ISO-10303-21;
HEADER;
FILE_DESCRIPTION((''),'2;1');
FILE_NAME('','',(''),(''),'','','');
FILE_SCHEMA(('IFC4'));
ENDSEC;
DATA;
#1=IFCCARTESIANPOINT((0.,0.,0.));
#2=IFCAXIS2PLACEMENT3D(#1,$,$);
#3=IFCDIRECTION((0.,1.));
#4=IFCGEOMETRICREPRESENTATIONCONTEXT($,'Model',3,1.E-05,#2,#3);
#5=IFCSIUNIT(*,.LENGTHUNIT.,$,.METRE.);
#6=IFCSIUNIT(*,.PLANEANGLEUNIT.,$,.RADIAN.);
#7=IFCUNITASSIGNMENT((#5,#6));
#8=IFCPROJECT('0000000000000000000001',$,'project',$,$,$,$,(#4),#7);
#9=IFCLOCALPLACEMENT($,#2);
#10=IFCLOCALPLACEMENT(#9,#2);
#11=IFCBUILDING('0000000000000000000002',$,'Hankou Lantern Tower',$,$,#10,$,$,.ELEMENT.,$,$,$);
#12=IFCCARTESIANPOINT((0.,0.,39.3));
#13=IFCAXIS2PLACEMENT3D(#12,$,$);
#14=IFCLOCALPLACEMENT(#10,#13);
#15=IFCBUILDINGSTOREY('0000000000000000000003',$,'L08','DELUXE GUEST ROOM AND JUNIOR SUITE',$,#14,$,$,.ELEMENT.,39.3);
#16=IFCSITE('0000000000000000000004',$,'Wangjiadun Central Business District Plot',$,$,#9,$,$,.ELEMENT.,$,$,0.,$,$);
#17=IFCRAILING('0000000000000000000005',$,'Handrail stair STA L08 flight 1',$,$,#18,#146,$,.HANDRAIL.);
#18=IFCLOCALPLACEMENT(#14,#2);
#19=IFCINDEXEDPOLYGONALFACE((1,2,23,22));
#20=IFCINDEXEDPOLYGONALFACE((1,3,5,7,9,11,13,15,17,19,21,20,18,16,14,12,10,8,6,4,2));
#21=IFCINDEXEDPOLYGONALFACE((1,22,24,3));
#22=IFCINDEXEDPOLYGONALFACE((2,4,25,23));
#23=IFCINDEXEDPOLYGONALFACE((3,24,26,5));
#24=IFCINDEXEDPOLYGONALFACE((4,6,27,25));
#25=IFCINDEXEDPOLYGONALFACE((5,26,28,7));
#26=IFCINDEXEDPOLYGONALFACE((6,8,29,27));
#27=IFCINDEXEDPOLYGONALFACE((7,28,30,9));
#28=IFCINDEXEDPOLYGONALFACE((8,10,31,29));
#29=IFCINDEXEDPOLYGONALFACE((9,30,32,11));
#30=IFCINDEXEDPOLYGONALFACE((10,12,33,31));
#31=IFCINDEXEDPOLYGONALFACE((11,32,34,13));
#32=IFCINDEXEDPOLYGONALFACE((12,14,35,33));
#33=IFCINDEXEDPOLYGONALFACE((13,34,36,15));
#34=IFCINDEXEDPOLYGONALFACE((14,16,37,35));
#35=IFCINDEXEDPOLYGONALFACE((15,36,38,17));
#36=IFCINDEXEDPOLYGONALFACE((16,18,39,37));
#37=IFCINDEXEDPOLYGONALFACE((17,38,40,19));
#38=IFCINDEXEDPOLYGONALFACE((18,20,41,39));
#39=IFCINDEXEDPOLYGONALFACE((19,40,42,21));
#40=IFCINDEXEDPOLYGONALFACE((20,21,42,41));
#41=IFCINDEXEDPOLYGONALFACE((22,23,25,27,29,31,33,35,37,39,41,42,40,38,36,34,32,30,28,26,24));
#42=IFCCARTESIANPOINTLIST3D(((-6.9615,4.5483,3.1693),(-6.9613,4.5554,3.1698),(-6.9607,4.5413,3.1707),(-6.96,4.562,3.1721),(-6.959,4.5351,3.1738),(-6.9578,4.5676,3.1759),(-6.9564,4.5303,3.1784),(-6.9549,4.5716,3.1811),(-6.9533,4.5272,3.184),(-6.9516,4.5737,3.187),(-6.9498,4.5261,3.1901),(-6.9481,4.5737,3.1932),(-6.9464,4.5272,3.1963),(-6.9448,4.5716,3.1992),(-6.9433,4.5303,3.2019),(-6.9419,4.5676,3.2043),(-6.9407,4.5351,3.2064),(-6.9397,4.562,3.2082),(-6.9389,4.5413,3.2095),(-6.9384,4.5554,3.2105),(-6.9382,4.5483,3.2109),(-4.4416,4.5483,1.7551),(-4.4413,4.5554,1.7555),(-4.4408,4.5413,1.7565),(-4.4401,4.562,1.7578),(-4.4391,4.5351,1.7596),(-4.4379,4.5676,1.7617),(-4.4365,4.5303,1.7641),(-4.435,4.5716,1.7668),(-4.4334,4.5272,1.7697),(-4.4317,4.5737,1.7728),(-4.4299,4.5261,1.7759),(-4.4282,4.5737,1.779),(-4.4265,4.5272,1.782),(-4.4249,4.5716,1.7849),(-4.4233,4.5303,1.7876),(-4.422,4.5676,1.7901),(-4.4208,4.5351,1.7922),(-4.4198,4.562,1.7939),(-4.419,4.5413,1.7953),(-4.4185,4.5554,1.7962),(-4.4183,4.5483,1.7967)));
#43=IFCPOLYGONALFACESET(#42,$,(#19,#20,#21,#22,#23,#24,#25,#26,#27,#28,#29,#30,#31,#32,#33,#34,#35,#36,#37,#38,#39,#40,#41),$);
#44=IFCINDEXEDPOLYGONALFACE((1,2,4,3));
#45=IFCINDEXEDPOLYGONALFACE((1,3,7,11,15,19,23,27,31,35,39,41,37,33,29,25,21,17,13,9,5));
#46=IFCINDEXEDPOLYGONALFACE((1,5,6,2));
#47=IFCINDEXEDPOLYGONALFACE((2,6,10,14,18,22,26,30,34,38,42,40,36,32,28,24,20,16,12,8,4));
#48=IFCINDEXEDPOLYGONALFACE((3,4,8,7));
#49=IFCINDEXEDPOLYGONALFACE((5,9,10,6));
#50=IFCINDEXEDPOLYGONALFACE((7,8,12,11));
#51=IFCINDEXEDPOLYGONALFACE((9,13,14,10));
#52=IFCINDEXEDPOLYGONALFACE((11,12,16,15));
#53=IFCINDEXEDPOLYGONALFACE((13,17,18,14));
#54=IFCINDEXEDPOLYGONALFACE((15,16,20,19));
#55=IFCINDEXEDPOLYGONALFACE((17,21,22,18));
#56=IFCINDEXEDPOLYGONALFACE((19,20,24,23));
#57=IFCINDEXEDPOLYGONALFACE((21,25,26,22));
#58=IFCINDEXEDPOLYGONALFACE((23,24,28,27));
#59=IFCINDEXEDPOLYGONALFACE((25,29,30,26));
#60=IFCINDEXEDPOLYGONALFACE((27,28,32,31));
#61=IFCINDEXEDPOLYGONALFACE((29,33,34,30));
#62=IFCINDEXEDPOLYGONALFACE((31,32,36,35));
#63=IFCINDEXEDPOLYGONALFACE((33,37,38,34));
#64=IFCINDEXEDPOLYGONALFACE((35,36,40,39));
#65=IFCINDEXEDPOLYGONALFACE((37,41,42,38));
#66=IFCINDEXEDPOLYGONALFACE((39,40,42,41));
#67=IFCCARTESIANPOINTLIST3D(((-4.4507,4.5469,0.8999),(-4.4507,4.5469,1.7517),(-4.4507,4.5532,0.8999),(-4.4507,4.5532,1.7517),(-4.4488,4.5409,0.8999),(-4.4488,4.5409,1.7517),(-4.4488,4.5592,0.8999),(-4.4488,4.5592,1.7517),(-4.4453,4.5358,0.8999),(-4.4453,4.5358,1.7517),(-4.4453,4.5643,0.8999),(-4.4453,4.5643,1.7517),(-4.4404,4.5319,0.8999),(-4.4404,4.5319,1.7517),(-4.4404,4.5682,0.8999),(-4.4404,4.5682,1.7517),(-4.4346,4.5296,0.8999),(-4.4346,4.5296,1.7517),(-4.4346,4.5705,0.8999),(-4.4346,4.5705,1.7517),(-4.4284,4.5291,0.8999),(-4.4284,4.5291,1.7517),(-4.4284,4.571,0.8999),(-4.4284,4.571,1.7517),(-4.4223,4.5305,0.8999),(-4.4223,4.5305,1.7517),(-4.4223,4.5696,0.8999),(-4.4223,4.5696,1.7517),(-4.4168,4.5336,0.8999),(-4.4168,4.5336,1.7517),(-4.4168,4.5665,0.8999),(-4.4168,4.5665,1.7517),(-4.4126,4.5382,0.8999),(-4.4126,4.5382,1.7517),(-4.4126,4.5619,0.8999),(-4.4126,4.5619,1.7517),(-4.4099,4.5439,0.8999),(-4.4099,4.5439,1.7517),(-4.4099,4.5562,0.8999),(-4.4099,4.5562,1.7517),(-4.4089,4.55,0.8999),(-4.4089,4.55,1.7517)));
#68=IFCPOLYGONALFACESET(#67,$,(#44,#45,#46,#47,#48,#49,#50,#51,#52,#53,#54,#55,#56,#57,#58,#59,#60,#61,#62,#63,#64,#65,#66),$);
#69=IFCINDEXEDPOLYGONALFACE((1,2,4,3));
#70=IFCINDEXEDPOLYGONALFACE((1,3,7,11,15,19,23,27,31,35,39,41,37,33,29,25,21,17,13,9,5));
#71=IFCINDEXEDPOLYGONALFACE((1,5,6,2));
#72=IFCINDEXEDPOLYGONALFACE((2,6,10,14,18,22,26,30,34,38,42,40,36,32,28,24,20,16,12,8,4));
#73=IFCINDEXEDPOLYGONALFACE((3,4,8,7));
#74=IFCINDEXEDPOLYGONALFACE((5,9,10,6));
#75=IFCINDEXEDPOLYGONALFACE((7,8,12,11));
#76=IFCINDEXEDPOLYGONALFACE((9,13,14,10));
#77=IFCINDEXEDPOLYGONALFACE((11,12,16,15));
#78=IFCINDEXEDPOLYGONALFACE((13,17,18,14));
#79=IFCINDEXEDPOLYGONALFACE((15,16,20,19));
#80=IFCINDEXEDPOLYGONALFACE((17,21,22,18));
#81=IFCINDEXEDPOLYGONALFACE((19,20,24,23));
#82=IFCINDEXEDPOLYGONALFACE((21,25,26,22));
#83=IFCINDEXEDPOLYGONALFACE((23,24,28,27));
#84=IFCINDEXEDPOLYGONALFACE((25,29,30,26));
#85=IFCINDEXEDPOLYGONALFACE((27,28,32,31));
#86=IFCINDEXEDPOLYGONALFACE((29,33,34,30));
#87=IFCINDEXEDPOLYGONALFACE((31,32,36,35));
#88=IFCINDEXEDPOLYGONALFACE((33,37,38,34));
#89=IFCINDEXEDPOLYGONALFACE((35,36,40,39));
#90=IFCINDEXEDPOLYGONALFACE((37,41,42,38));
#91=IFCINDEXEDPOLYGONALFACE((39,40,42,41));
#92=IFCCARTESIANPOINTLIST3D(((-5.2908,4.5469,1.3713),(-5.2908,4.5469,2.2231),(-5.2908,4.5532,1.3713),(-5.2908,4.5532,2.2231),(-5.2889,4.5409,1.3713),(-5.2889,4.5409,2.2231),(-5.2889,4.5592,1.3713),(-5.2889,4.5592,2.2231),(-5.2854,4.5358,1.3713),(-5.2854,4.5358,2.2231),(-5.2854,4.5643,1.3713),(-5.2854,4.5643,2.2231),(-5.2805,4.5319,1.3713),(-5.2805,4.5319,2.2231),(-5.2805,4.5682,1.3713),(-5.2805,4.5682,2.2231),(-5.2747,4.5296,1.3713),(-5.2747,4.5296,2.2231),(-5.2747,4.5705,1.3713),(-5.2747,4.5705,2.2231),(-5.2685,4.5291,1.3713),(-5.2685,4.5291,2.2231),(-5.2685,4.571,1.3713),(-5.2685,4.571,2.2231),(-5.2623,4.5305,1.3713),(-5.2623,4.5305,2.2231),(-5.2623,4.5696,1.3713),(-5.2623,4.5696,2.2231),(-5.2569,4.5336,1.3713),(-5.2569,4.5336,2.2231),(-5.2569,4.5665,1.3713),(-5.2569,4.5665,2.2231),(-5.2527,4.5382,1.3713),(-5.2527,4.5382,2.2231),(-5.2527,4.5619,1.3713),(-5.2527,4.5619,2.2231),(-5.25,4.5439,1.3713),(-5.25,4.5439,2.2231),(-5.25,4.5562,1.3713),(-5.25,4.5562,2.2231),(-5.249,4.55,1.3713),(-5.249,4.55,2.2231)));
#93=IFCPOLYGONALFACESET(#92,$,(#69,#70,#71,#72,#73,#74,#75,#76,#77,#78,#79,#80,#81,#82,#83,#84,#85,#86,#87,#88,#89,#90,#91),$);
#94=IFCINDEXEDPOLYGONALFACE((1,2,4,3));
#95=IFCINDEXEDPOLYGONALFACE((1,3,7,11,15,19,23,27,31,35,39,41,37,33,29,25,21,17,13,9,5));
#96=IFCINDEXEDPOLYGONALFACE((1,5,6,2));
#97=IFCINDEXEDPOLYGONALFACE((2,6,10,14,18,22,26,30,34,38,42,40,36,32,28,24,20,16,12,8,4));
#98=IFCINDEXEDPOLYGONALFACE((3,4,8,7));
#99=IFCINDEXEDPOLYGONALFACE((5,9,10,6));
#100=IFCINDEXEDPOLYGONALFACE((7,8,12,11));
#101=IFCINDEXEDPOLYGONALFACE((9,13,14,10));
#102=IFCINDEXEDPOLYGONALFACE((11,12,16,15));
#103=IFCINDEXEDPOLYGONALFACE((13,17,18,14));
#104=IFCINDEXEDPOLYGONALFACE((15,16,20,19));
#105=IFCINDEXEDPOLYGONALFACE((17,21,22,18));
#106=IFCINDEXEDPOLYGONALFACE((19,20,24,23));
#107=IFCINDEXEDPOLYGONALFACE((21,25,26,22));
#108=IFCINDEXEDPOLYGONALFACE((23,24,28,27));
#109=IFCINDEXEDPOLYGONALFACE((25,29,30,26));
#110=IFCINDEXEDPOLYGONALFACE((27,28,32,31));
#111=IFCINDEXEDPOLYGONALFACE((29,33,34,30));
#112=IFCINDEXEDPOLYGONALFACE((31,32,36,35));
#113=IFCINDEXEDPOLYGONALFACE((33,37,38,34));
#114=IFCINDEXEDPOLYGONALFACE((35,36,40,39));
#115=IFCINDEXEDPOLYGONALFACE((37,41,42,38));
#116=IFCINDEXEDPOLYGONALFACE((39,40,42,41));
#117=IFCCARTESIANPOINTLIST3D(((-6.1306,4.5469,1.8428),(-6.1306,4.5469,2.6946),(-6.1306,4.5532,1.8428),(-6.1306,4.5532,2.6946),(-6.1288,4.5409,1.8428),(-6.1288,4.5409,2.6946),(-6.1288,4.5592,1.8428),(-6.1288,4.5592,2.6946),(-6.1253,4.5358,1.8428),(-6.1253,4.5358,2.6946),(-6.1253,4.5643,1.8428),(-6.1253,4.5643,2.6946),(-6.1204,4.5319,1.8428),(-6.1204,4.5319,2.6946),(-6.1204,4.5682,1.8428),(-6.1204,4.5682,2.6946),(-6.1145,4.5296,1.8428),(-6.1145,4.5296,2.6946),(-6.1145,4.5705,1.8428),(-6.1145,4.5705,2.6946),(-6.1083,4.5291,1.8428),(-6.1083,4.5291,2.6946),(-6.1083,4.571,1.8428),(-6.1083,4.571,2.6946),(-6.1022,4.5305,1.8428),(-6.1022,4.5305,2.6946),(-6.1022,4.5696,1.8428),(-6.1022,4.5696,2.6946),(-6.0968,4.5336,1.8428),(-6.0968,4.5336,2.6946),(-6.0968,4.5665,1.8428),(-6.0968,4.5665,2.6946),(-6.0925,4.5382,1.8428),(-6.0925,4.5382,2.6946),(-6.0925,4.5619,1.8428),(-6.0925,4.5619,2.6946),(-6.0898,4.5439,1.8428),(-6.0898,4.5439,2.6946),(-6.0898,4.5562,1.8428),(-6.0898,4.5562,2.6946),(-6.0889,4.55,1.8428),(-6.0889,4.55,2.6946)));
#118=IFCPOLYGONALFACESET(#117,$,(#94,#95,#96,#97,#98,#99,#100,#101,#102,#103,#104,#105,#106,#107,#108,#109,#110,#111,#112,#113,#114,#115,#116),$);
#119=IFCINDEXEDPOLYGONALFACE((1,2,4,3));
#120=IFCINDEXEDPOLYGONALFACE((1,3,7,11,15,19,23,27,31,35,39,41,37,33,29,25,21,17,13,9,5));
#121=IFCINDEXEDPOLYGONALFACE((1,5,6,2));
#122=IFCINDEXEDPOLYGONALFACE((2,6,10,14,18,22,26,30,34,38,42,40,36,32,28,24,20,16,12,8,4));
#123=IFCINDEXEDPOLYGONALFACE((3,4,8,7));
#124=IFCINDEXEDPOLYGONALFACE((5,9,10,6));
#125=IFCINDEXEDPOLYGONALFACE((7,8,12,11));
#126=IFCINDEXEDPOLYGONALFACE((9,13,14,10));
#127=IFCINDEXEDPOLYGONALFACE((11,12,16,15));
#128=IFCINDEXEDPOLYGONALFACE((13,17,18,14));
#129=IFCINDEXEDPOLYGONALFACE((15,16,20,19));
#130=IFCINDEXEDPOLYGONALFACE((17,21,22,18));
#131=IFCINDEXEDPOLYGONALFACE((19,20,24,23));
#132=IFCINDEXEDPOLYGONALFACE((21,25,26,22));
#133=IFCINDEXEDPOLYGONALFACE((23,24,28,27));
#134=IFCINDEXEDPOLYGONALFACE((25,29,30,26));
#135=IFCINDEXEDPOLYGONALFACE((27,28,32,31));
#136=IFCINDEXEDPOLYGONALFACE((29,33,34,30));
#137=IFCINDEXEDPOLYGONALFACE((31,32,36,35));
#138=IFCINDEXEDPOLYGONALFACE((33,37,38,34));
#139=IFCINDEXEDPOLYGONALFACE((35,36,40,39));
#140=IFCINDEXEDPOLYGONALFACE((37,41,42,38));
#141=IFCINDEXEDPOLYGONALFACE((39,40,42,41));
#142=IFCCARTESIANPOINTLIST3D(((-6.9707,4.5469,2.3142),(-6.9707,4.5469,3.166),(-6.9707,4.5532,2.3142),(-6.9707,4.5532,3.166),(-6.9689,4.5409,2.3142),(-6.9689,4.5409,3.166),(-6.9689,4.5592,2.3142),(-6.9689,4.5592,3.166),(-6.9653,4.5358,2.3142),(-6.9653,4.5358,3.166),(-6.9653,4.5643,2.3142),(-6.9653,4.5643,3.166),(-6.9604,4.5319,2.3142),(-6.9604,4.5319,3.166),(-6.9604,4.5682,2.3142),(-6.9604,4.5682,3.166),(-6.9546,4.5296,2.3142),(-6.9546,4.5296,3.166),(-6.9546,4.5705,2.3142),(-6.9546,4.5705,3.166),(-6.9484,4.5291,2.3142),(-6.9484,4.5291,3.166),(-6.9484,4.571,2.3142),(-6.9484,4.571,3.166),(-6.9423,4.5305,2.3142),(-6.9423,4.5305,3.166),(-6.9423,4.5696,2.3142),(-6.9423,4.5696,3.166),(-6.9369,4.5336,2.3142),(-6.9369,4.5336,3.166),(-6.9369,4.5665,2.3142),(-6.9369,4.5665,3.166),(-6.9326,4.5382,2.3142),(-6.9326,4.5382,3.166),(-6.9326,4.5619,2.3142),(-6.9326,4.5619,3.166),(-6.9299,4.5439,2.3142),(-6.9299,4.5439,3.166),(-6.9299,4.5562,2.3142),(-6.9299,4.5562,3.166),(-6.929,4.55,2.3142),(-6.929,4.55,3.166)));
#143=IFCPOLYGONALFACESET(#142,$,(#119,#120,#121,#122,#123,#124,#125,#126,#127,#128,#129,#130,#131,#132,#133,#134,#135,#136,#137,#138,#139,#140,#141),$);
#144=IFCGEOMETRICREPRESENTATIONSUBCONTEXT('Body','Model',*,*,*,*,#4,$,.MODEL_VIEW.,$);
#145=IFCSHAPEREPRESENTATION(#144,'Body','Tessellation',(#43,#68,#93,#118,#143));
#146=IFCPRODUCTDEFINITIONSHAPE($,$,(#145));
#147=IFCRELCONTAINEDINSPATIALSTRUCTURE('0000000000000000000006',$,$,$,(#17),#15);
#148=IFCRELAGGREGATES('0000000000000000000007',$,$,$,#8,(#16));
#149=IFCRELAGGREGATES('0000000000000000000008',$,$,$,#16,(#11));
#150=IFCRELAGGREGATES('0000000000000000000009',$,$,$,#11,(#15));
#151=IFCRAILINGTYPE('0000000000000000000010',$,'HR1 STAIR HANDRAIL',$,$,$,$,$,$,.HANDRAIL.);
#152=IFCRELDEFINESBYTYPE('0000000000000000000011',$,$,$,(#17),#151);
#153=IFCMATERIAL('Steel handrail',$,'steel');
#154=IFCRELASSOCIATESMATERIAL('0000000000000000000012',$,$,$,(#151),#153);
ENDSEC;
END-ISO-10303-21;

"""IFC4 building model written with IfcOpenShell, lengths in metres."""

from ifc_helpers import new_model, si_unit, direction, frame, origin, origin_2d, place, context, subcontext, project, spatial, circle, extrude, material, type_object, element, save


model = new_model("IFC4")

# Units and contexts
model_context = context("Model", 3, precision=1e-05, world=origin(), true_north=direction((0.0, 1.0)))
body_context = subcontext(model_context, "Body", "Model", "MODEL_VIEW")
ifc_project = project(units=[si_unit("LENGTHUNIT", "METRE"), si_unit("PLANEANGLEUNIT", "RADIAN")], contexts=[model_context])

# Site, building, storey
site_placement = place(None, origin())
site = spatial("IfcSite", under=ifc_project, at=site_placement, Name="Wangjiadun Central Business District Plot", CompositionType="ELEMENT", RefElevation=0.0)
building_placement = place(site_placement, origin())
building = spatial("IfcBuilding", under=site, at=building_placement, Name="Hankou Lantern Tower", CompositionType="ELEMENT")
storey_placement = place(building_placement, frame((0.0, 0.0, 39.3)))
storey = spatial("IfcBuildingStorey", under=building, at=storey_placement, Name="L08", Description="DELUXE GUEST ROOM AND JUNIOR SUITE", CompositionType="ELEMENT", Elevation=39.3)

# Railing
ifc_material_1 = material(Name="Steel handrail", Category="steel")
railing_type = type_object("IfcRailingType", Name="HR1 STAIR HANDRAIL", PredefinedType="HANDRAIL", material=ifc_material_1)
railing_1_placement = place(storey_placement, frame((-4.4299, 4.55, 0.8999)))
element("IfcRailing", 1, at=railing_1_placement, inside=storey, type_object=railing_type, Name="Handrail stair STA L08 flight 1", PredefinedType="HANDRAIL", context=body_context, shape_type="SweptSolid", body=[
    extrude(circle(Radius=0.0239, at=origin_2d()), frame((0.0, 0.0, 0.876), z_axis=(-0.872049, 0.0, 0.489419), x_axis=(0.0, -1.0, 0.0)), (0.0, 0.0, 1.0), 2.8896),
    extrude(circle(Radius=0.021, at=origin_2d()), origin(), (0.0, 0.0, 1.0), 0.8518),
    extrude(circle(Radius=0.021, at=origin_2d()), frame((-0.8401, 0.0, 0.4714)), (0.0, 0.0, 1.0), 0.8518),
    extrude(circle(Radius=0.021, at=origin_2d()), frame((-1.6799, 0.0, 0.9429)), (0.0, 0.0, 1.0), 0.8518),
    extrude(circle(Radius=0.021, at=origin_2d()), frame((-2.52, 0.0, 1.4143)), (0.0, 0.0, 1.0), 0.8518),
])

save(model, "model.ifc")
